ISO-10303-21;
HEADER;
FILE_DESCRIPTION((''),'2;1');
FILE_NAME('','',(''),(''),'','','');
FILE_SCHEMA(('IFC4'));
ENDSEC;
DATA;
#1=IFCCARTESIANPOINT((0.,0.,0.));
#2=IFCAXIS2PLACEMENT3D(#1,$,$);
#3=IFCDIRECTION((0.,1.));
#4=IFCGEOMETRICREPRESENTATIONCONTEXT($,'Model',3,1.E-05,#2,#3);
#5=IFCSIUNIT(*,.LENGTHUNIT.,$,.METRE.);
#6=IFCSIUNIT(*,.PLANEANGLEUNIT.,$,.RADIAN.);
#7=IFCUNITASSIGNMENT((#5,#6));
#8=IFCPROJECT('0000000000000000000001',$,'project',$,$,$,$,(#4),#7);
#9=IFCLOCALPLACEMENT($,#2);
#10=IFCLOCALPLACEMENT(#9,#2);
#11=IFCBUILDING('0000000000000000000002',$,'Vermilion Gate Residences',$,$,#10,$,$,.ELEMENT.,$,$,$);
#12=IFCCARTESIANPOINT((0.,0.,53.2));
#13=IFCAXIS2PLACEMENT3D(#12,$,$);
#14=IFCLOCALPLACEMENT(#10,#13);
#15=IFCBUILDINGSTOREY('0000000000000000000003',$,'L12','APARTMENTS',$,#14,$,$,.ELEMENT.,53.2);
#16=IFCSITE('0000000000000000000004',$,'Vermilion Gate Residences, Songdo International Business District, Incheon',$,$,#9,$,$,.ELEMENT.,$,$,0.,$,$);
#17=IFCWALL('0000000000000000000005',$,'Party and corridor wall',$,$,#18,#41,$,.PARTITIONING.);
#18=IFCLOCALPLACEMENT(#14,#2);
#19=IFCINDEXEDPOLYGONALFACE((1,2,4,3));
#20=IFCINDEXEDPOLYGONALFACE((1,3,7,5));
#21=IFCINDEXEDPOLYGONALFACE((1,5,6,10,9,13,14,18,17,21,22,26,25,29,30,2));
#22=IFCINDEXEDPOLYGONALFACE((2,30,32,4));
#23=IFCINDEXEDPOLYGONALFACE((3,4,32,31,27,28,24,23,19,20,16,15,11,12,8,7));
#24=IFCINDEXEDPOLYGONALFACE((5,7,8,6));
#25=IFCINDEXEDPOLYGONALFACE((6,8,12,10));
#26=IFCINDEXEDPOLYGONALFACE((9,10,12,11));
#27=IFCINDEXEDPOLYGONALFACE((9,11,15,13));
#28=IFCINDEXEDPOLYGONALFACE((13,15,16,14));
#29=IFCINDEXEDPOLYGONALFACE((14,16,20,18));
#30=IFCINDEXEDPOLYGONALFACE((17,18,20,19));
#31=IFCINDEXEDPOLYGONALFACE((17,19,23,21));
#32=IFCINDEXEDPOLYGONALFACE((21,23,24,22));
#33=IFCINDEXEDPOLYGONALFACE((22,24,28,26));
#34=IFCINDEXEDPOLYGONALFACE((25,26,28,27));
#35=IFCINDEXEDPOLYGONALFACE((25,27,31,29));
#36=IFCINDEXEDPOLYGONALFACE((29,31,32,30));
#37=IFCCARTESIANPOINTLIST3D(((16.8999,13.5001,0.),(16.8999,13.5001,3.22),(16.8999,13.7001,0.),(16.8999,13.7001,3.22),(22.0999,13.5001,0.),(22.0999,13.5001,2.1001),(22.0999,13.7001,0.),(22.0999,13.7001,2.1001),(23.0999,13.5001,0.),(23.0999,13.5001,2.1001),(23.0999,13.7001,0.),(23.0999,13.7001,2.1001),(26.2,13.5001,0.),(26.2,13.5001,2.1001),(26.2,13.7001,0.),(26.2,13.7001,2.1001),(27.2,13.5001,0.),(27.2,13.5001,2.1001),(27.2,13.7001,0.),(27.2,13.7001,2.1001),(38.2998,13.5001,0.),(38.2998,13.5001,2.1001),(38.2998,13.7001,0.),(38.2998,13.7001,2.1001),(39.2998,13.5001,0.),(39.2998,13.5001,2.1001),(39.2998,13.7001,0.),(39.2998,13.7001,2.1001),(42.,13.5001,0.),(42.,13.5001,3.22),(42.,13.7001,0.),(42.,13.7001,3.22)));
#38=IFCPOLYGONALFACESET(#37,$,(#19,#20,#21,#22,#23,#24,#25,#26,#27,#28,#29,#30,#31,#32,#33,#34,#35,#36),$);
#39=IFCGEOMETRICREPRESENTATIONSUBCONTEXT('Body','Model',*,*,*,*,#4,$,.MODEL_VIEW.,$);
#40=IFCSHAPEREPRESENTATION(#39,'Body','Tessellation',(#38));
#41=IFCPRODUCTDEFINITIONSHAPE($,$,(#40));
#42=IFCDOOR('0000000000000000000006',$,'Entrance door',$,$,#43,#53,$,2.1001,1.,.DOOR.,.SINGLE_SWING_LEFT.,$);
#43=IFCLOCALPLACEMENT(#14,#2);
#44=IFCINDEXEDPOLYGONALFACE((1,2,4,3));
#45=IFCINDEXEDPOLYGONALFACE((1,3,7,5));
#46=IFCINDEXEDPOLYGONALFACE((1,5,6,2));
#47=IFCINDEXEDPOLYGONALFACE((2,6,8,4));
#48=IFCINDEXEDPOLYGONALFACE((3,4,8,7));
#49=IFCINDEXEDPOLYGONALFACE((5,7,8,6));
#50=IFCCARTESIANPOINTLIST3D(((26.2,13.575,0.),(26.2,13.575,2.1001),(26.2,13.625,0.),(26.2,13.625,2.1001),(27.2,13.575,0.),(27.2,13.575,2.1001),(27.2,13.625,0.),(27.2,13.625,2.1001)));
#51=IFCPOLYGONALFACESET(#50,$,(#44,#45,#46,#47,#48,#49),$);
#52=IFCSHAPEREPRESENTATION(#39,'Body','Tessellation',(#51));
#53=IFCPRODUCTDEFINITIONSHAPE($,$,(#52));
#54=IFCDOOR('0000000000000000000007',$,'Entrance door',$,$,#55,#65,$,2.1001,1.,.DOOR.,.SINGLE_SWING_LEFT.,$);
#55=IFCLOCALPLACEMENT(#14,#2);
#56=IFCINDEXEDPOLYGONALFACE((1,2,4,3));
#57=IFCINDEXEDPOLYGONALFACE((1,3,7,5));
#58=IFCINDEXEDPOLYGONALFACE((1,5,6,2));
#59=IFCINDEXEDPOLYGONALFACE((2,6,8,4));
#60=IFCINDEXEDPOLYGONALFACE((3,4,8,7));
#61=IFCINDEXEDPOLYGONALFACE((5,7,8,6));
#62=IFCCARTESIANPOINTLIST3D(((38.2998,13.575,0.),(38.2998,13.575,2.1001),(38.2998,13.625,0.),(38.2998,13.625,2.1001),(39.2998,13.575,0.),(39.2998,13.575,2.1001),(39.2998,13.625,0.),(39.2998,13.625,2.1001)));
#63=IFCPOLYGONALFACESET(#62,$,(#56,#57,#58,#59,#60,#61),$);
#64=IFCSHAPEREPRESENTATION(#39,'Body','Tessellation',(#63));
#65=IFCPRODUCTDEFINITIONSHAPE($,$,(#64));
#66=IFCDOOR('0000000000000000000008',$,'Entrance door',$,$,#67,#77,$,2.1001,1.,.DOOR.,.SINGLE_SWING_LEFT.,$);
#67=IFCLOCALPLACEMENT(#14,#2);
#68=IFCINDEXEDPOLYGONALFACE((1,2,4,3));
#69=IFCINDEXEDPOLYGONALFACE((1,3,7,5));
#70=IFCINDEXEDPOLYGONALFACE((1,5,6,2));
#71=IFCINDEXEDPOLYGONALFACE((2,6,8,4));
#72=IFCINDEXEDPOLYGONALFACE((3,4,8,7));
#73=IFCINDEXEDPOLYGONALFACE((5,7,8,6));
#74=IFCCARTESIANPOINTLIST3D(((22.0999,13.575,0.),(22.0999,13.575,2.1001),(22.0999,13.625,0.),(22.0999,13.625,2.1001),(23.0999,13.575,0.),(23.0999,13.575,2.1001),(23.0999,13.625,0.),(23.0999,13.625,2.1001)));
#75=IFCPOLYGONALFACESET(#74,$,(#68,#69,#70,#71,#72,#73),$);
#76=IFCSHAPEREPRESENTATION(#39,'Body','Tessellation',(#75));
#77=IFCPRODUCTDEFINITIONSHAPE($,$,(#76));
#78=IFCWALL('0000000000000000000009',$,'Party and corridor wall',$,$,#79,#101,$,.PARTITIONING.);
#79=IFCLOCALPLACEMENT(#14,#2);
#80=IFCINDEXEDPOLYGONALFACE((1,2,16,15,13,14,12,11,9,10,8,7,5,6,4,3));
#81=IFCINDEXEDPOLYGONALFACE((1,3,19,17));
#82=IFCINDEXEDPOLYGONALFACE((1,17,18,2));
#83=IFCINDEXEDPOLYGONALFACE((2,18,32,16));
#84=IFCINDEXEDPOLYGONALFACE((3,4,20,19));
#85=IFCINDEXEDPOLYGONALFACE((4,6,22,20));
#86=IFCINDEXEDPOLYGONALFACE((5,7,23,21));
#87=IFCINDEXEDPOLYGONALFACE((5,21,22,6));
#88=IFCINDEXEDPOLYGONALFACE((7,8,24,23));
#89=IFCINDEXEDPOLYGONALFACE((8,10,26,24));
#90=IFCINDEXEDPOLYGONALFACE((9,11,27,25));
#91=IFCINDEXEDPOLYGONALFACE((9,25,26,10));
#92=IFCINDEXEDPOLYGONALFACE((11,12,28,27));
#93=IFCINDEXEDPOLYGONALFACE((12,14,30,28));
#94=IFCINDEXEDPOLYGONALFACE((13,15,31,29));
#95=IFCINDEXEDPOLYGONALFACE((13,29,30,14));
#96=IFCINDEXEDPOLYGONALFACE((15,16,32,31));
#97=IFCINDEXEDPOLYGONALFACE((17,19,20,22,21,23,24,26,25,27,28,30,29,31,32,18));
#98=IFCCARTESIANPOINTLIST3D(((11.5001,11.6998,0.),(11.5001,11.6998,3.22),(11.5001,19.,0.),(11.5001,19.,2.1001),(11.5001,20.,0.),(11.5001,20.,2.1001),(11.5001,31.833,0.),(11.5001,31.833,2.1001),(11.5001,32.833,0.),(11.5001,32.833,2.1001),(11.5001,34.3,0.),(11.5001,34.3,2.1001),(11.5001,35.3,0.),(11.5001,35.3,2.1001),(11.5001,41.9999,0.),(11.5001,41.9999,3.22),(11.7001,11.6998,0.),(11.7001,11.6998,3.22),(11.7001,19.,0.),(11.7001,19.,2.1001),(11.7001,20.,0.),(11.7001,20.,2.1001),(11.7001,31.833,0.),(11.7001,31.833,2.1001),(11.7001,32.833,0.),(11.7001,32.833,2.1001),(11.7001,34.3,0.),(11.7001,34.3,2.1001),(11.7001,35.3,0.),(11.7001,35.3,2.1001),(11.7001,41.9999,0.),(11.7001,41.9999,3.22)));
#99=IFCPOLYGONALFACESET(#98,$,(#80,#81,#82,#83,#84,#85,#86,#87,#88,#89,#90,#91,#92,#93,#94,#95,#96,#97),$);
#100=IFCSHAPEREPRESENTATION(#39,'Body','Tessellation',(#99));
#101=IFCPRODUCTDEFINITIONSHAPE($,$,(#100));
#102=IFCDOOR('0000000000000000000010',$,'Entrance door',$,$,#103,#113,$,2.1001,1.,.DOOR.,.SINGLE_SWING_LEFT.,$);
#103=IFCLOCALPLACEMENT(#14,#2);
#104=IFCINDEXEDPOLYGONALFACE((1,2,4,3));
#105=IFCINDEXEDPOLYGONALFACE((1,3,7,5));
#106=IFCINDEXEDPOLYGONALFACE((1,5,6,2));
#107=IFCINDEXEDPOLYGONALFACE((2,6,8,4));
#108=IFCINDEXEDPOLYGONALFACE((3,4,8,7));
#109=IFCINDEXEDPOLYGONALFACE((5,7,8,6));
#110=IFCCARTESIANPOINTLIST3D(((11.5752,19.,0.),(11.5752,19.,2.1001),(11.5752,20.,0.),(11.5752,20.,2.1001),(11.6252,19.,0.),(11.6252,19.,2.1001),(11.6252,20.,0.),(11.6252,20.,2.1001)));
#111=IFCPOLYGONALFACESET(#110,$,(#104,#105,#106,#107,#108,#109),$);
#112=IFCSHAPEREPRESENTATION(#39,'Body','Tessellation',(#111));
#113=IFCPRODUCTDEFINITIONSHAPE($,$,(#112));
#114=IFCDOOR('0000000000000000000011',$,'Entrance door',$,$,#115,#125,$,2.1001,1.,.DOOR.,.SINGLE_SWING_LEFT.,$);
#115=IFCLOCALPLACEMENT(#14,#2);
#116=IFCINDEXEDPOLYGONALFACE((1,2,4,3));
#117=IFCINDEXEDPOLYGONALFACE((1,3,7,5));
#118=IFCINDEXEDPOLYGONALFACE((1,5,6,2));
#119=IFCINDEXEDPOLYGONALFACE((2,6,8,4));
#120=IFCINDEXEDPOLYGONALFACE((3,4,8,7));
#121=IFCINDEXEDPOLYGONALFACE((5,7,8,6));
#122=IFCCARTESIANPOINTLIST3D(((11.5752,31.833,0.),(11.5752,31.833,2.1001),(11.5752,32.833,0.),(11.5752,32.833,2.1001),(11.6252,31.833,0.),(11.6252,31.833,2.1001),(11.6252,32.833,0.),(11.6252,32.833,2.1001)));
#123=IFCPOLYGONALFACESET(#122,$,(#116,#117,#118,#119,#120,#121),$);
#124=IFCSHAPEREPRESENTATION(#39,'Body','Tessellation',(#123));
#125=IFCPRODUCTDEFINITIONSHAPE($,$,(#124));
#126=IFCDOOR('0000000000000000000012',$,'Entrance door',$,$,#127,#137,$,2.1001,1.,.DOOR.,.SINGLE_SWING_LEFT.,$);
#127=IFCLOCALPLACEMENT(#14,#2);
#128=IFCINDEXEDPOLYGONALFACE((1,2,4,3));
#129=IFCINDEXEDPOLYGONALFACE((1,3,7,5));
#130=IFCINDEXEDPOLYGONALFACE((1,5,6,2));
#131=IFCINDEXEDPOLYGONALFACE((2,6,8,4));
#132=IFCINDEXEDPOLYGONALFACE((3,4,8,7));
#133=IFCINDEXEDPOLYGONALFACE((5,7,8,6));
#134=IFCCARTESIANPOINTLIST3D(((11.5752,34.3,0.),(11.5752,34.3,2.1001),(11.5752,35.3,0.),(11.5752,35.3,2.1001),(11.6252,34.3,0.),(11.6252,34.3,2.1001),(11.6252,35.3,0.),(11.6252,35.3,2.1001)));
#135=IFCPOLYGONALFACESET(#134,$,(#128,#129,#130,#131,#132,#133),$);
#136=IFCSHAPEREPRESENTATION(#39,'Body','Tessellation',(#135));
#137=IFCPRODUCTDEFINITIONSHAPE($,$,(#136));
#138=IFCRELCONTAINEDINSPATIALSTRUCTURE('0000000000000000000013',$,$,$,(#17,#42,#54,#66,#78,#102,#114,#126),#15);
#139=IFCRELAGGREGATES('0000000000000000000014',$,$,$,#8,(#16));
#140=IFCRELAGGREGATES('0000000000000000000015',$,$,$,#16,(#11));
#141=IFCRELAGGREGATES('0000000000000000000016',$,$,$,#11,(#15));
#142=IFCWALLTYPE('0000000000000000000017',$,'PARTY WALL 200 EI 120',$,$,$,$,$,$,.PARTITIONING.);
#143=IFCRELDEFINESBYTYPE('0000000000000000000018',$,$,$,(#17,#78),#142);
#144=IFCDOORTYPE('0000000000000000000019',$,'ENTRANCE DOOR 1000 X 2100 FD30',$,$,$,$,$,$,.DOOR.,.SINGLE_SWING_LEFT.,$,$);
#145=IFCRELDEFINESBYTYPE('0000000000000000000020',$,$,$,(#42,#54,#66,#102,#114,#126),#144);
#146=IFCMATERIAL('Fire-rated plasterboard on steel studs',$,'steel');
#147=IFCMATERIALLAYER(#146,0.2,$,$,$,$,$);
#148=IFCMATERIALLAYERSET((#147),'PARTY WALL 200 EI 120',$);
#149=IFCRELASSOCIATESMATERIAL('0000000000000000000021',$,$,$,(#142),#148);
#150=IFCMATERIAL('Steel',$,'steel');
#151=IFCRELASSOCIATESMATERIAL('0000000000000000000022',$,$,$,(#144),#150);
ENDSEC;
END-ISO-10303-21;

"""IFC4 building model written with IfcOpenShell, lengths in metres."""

from ifc_helpers import new_model, si_unit, direction, frame, frame_2d, origin, place, context, subcontext, project, spatial, rectangle, extrude, material, layer, layer_set, type_object, element, fill, save


model = new_model("IFC4")

# Units and contexts
model_context = context("Model", 3, precision=1e-05, world=origin(), true_north=direction((0.0, 1.0)))
body_context = subcontext(model_context, "Body", "Model", "MODEL_VIEW")
ifc_project = project(units=[si_unit("LENGTHUNIT", "METRE"), si_unit("PLANEANGLEUNIT", "RADIAN")], contexts=[model_context])

# Site, building, storey
site_placement = place(None, origin())
site = spatial("IfcSite", under=ifc_project, at=site_placement, Name="Vermilion Gate Residences, Songdo International Business District, Incheon", CompositionType="ELEMENT", RefElevation=0.0)
building_placement = place(site_placement, origin())
building = spatial("IfcBuilding", under=site, at=building_placement, Name="Vermilion Gate Residences", CompositionType="ELEMENT")
storey_placement = place(building_placement, frame((0.0, 0.0, 53.2)))
storey = spatial("IfcBuildingStorey", under=building, at=storey_placement, Name="L12", Description="APARTMENTS", CompositionType="ELEMENT", Elevation=53.2)

# Walls, openings, doors
ifc_material_1 = material(Name="Fire-rated plasterboard on steel studs", Category="steel")
ifc_layer_1 = layer(ifc_material_1, 0.2)
ifc_layer_set_1 = layer_set([ifc_layer_1], Name="PARTY WALL 200 EI 120")
wall_type_1 = type_object("IfcWallType", Name="PARTY WALL 200 EI 120", PredefinedType="PARTITIONING", material=ifc_layer_set_1)
ifc_material_2 = material(Name="Steel", Category="steel")
door_type_1 = type_object("IfcDoorType", Name="ENTRANCE DOOR 1000 X 2100 FD30", OperationType="SINGLE_SWING_LEFT", PredefinedType="DOOR", material=ifc_material_2)
wall_1_placement = place(storey_placement, frame((16.8999, 13.6001, 0.0), z_axis=(0.0, 0.0, 1.0), x_axis=(1.0, 0.0, 0.0)))
wall_1 = element("IfcWall", 1, at=wall_1_placement, inside=storey, type_object=wall_type_1, Name="Party and corridor wall", PredefinedType="PARTITIONING", context=body_context, shape_type="SweptSolid", body=[
    extrude(rectangle(XDim=25.1001, YDim=0.2, at=frame_2d((12.55, 0.0))), origin(), (0.0, 0.0, 1.0), 3.22),
])
opening_1_placement = place(wall_1_placement, frame((9.3, 0.0, 0.0)))
opening_1 = element("IfcOpeningElement", 2, at=opening_1_placement, cuts=wall_1, PredefinedType="OPENING", context=body_context, shape_type="SweptSolid", body=[
    extrude(rectangle(XDim=1.0, YDim=2.1001, at=frame_2d((0.5, 1.05))), frame((0.0, 0.1099, 0.0), z_axis=(0.0, -1.0, 0.0), x_axis=(1.0, 0.0, 0.0)), (0.0, 0.0, 1.0), 0.22),
])
opening_2_placement = place(wall_1_placement, frame((21.3999, 0.0, 0.0)))
opening_2 = element("IfcOpeningElement", 3, at=opening_2_placement, cuts=wall_1, PredefinedType="OPENING", context=body_context, shape_type="SweptSolid", body=[
    extrude(rectangle(XDim=1.0, YDim=2.1001, at=frame_2d((0.5, 1.05))), frame((0.0, 0.1099, 0.0), z_axis=(0.0, -1.0, 0.0), x_axis=(1.0, 0.0, 0.0)), (0.0, 0.0, 1.0), 0.22),
])
opening_3_placement = place(wall_1_placement, frame((5.2, 0.0, 0.0)))
opening_3 = element("IfcOpeningElement", 4, at=opening_3_placement, cuts=wall_1, PredefinedType="OPENING", context=body_context, shape_type="SweptSolid", body=[
    extrude(rectangle(XDim=1.0, YDim=2.1001, at=frame_2d((0.5, 1.05))), frame((0.0, 0.1099, 0.0), z_axis=(0.0, -1.0, 0.0), x_axis=(1.0, 0.0, 0.0)), (0.0, 0.0, 1.0), 0.22),
])
door_1_placement = place(opening_1_placement, origin())
door_1 = element("IfcDoor", 5, at=door_1_placement, inside=storey, type_object=door_type_1, Name="Entrance door", OperationType="SINGLE_SWING_LEFT", OverallHeight=2.1001, OverallWidth=1.0, PredefinedType="DOOR", context=body_context, shape_type="SweptSolid", body=[
    extrude(rectangle(XDim=1.0, YDim=2.1001, at=frame_2d((0.5, 1.05))), frame((0.0, 0.0249, 0.0), z_axis=(0.0, -1.0, 0.0), x_axis=(1.0, 0.0, 0.0)), (0.0, 0.0, 1.0), 0.05),
])
fill(opening_1, door_1)
door_2_placement = place(opening_2_placement, origin())
door_2 = element("IfcDoor", 6, at=door_2_placement, inside=storey, type_object=door_type_1, Name="Entrance door", OperationType="SINGLE_SWING_LEFT", OverallHeight=2.1001, OverallWidth=1.0, PredefinedType="DOOR", context=body_context, shape_type="SweptSolid", body=[
    extrude(rectangle(XDim=1.0, YDim=2.1001, at=frame_2d((0.5, 1.05))), frame((0.0, 0.0249, 0.0), z_axis=(0.0, -1.0, 0.0), x_axis=(1.0, 0.0, 0.0)), (0.0, 0.0, 1.0), 0.05),
])
fill(opening_2, door_2)
door_3_placement = place(opening_3_placement, origin())
door_3 = element("IfcDoor", 7, at=door_3_placement, inside=storey, type_object=door_type_1, Name="Entrance door", OperationType="SINGLE_SWING_LEFT", OverallHeight=2.1001, OverallWidth=1.0, PredefinedType="DOOR", context=body_context, shape_type="SweptSolid", body=[
    extrude(rectangle(XDim=1.0, YDim=2.1001, at=frame_2d((0.5, 1.05))), frame((0.0, 0.0249, 0.0), z_axis=(0.0, -1.0, 0.0), x_axis=(1.0, 0.0, 0.0)), (0.0, 0.0, 1.0), 0.05),
])
fill(opening_3, door_3)
wall_2_placement = place(storey_placement, frame((11.6001, 11.7, 0.0), z_axis=(0.0, 0.0, 1.0), x_axis=(0.0, 1.0, 0.0)))
wall_2 = element("IfcWall", 8, at=wall_2_placement, inside=storey, type_object=wall_type_1, Name="Party and corridor wall", PredefinedType="PARTITIONING", context=body_context, shape_type="SweptSolid", body=[
    extrude(rectangle(XDim=30.3, YDim=0.2, at=frame_2d((15.1499, 0.0))), origin(), (0.0, 0.0, 1.0), 3.22),
])
opening_4_placement = place(wall_2_placement, frame((7.3, 0.0, 0.0)))
opening_4 = element("IfcOpeningElement", 9, at=opening_4_placement, cuts=wall_2, PredefinedType="OPENING", context=body_context, shape_type="SweptSolid", body=[
    extrude(rectangle(XDim=1.0, YDim=2.1001, at=frame_2d((0.5, 1.05))), frame((0.0, 0.1099, 0.0), z_axis=(0.0, -1.0, 0.0), x_axis=(1.0, 0.0, 0.0)), (0.0, 0.0, 1.0), 0.22),
])
opening_5_placement = place(wall_2_placement, frame((20.1331, 0.0, 0.0)))
opening_5 = element("IfcOpeningElement", 10, at=opening_5_placement, cuts=wall_2, PredefinedType="OPENING", context=body_context, shape_type="SweptSolid", body=[
    extrude(rectangle(XDim=1.0, YDim=2.1001, at=frame_2d((0.5, 1.05))), frame((0.0, 0.1099, 0.0), z_axis=(0.0, -1.0, 0.0), x_axis=(1.0, 0.0, 0.0)), (0.0, 0.0, 1.0), 0.22),
])
opening_6_placement = place(wall_2_placement, frame((22.6001, 0.0, 0.0)))
opening_6 = element("IfcOpeningElement", 11, at=opening_6_placement, cuts=wall_2, PredefinedType="OPENING", context=body_context, shape_type="SweptSolid", body=[
    extrude(rectangle(XDim=1.0, YDim=2.1001, at=frame_2d((0.5, 1.05))), frame((0.0, 0.1099, 0.0), z_axis=(0.0, -1.0, 0.0), x_axis=(1.0, 0.0, 0.0)), (0.0, 0.0, 1.0), 0.22),
])
door_4_placement = place(opening_4_placement, origin())
door_4 = element("IfcDoor", 12, at=door_4_placement, inside=storey, type_object=door_type_1, Name="Entrance door", OperationType="SINGLE_SWING_LEFT", OverallHeight=2.1001, OverallWidth=1.0, PredefinedType="DOOR", context=body_context, shape_type="SweptSolid", body=[
    extrude(rectangle(XDim=1.0, YDim=2.1001, at=frame_2d((0.5, 1.05))), frame((0.0, 0.0249, 0.0), z_axis=(0.0, -1.0, 0.0), x_axis=(1.0, 0.0, 0.0)), (0.0, 0.0, 1.0), 0.05),
])
fill(opening_4, door_4)
door_5_placement = place(opening_5_placement, origin())
door_5 = element("IfcDoor", 13, at=door_5_placement, inside=storey, type_object=door_type_1, Name="Entrance door", OperationType="SINGLE_SWING_LEFT", OverallHeight=2.1001, OverallWidth=1.0, PredefinedType="DOOR", context=body_context, shape_type="SweptSolid", body=[
    extrude(rectangle(XDim=1.0, YDim=2.1001, at=frame_2d((0.5, 1.05))), frame((0.0, 0.0249, 0.0), z_axis=(0.0, -1.0, 0.0), x_axis=(1.0, 0.0, 0.0)), (0.0, 0.0, 1.0), 0.05),
])
fill(opening_5, door_5)
door_6_placement = place(opening_6_placement, origin())
door_6 = element("IfcDoor", 14, at=door_6_placement, inside=storey, type_object=door_type_1, Name="Entrance door", OperationType="SINGLE_SWING_LEFT", OverallHeight=2.1001, OverallWidth=1.0, PredefinedType="DOOR", context=body_context, shape_type="SweptSolid", body=[
    extrude(rectangle(XDim=1.0, YDim=2.1001, at=frame_2d((0.5, 1.05))), frame((0.0, 0.0249, 0.0), z_axis=(0.0, -1.0, 0.0), x_axis=(1.0, 0.0, 0.0)), (0.0, 0.0, 1.0), 0.05),
])
fill(opening_6, door_6)

save(model, "model.ifc")
